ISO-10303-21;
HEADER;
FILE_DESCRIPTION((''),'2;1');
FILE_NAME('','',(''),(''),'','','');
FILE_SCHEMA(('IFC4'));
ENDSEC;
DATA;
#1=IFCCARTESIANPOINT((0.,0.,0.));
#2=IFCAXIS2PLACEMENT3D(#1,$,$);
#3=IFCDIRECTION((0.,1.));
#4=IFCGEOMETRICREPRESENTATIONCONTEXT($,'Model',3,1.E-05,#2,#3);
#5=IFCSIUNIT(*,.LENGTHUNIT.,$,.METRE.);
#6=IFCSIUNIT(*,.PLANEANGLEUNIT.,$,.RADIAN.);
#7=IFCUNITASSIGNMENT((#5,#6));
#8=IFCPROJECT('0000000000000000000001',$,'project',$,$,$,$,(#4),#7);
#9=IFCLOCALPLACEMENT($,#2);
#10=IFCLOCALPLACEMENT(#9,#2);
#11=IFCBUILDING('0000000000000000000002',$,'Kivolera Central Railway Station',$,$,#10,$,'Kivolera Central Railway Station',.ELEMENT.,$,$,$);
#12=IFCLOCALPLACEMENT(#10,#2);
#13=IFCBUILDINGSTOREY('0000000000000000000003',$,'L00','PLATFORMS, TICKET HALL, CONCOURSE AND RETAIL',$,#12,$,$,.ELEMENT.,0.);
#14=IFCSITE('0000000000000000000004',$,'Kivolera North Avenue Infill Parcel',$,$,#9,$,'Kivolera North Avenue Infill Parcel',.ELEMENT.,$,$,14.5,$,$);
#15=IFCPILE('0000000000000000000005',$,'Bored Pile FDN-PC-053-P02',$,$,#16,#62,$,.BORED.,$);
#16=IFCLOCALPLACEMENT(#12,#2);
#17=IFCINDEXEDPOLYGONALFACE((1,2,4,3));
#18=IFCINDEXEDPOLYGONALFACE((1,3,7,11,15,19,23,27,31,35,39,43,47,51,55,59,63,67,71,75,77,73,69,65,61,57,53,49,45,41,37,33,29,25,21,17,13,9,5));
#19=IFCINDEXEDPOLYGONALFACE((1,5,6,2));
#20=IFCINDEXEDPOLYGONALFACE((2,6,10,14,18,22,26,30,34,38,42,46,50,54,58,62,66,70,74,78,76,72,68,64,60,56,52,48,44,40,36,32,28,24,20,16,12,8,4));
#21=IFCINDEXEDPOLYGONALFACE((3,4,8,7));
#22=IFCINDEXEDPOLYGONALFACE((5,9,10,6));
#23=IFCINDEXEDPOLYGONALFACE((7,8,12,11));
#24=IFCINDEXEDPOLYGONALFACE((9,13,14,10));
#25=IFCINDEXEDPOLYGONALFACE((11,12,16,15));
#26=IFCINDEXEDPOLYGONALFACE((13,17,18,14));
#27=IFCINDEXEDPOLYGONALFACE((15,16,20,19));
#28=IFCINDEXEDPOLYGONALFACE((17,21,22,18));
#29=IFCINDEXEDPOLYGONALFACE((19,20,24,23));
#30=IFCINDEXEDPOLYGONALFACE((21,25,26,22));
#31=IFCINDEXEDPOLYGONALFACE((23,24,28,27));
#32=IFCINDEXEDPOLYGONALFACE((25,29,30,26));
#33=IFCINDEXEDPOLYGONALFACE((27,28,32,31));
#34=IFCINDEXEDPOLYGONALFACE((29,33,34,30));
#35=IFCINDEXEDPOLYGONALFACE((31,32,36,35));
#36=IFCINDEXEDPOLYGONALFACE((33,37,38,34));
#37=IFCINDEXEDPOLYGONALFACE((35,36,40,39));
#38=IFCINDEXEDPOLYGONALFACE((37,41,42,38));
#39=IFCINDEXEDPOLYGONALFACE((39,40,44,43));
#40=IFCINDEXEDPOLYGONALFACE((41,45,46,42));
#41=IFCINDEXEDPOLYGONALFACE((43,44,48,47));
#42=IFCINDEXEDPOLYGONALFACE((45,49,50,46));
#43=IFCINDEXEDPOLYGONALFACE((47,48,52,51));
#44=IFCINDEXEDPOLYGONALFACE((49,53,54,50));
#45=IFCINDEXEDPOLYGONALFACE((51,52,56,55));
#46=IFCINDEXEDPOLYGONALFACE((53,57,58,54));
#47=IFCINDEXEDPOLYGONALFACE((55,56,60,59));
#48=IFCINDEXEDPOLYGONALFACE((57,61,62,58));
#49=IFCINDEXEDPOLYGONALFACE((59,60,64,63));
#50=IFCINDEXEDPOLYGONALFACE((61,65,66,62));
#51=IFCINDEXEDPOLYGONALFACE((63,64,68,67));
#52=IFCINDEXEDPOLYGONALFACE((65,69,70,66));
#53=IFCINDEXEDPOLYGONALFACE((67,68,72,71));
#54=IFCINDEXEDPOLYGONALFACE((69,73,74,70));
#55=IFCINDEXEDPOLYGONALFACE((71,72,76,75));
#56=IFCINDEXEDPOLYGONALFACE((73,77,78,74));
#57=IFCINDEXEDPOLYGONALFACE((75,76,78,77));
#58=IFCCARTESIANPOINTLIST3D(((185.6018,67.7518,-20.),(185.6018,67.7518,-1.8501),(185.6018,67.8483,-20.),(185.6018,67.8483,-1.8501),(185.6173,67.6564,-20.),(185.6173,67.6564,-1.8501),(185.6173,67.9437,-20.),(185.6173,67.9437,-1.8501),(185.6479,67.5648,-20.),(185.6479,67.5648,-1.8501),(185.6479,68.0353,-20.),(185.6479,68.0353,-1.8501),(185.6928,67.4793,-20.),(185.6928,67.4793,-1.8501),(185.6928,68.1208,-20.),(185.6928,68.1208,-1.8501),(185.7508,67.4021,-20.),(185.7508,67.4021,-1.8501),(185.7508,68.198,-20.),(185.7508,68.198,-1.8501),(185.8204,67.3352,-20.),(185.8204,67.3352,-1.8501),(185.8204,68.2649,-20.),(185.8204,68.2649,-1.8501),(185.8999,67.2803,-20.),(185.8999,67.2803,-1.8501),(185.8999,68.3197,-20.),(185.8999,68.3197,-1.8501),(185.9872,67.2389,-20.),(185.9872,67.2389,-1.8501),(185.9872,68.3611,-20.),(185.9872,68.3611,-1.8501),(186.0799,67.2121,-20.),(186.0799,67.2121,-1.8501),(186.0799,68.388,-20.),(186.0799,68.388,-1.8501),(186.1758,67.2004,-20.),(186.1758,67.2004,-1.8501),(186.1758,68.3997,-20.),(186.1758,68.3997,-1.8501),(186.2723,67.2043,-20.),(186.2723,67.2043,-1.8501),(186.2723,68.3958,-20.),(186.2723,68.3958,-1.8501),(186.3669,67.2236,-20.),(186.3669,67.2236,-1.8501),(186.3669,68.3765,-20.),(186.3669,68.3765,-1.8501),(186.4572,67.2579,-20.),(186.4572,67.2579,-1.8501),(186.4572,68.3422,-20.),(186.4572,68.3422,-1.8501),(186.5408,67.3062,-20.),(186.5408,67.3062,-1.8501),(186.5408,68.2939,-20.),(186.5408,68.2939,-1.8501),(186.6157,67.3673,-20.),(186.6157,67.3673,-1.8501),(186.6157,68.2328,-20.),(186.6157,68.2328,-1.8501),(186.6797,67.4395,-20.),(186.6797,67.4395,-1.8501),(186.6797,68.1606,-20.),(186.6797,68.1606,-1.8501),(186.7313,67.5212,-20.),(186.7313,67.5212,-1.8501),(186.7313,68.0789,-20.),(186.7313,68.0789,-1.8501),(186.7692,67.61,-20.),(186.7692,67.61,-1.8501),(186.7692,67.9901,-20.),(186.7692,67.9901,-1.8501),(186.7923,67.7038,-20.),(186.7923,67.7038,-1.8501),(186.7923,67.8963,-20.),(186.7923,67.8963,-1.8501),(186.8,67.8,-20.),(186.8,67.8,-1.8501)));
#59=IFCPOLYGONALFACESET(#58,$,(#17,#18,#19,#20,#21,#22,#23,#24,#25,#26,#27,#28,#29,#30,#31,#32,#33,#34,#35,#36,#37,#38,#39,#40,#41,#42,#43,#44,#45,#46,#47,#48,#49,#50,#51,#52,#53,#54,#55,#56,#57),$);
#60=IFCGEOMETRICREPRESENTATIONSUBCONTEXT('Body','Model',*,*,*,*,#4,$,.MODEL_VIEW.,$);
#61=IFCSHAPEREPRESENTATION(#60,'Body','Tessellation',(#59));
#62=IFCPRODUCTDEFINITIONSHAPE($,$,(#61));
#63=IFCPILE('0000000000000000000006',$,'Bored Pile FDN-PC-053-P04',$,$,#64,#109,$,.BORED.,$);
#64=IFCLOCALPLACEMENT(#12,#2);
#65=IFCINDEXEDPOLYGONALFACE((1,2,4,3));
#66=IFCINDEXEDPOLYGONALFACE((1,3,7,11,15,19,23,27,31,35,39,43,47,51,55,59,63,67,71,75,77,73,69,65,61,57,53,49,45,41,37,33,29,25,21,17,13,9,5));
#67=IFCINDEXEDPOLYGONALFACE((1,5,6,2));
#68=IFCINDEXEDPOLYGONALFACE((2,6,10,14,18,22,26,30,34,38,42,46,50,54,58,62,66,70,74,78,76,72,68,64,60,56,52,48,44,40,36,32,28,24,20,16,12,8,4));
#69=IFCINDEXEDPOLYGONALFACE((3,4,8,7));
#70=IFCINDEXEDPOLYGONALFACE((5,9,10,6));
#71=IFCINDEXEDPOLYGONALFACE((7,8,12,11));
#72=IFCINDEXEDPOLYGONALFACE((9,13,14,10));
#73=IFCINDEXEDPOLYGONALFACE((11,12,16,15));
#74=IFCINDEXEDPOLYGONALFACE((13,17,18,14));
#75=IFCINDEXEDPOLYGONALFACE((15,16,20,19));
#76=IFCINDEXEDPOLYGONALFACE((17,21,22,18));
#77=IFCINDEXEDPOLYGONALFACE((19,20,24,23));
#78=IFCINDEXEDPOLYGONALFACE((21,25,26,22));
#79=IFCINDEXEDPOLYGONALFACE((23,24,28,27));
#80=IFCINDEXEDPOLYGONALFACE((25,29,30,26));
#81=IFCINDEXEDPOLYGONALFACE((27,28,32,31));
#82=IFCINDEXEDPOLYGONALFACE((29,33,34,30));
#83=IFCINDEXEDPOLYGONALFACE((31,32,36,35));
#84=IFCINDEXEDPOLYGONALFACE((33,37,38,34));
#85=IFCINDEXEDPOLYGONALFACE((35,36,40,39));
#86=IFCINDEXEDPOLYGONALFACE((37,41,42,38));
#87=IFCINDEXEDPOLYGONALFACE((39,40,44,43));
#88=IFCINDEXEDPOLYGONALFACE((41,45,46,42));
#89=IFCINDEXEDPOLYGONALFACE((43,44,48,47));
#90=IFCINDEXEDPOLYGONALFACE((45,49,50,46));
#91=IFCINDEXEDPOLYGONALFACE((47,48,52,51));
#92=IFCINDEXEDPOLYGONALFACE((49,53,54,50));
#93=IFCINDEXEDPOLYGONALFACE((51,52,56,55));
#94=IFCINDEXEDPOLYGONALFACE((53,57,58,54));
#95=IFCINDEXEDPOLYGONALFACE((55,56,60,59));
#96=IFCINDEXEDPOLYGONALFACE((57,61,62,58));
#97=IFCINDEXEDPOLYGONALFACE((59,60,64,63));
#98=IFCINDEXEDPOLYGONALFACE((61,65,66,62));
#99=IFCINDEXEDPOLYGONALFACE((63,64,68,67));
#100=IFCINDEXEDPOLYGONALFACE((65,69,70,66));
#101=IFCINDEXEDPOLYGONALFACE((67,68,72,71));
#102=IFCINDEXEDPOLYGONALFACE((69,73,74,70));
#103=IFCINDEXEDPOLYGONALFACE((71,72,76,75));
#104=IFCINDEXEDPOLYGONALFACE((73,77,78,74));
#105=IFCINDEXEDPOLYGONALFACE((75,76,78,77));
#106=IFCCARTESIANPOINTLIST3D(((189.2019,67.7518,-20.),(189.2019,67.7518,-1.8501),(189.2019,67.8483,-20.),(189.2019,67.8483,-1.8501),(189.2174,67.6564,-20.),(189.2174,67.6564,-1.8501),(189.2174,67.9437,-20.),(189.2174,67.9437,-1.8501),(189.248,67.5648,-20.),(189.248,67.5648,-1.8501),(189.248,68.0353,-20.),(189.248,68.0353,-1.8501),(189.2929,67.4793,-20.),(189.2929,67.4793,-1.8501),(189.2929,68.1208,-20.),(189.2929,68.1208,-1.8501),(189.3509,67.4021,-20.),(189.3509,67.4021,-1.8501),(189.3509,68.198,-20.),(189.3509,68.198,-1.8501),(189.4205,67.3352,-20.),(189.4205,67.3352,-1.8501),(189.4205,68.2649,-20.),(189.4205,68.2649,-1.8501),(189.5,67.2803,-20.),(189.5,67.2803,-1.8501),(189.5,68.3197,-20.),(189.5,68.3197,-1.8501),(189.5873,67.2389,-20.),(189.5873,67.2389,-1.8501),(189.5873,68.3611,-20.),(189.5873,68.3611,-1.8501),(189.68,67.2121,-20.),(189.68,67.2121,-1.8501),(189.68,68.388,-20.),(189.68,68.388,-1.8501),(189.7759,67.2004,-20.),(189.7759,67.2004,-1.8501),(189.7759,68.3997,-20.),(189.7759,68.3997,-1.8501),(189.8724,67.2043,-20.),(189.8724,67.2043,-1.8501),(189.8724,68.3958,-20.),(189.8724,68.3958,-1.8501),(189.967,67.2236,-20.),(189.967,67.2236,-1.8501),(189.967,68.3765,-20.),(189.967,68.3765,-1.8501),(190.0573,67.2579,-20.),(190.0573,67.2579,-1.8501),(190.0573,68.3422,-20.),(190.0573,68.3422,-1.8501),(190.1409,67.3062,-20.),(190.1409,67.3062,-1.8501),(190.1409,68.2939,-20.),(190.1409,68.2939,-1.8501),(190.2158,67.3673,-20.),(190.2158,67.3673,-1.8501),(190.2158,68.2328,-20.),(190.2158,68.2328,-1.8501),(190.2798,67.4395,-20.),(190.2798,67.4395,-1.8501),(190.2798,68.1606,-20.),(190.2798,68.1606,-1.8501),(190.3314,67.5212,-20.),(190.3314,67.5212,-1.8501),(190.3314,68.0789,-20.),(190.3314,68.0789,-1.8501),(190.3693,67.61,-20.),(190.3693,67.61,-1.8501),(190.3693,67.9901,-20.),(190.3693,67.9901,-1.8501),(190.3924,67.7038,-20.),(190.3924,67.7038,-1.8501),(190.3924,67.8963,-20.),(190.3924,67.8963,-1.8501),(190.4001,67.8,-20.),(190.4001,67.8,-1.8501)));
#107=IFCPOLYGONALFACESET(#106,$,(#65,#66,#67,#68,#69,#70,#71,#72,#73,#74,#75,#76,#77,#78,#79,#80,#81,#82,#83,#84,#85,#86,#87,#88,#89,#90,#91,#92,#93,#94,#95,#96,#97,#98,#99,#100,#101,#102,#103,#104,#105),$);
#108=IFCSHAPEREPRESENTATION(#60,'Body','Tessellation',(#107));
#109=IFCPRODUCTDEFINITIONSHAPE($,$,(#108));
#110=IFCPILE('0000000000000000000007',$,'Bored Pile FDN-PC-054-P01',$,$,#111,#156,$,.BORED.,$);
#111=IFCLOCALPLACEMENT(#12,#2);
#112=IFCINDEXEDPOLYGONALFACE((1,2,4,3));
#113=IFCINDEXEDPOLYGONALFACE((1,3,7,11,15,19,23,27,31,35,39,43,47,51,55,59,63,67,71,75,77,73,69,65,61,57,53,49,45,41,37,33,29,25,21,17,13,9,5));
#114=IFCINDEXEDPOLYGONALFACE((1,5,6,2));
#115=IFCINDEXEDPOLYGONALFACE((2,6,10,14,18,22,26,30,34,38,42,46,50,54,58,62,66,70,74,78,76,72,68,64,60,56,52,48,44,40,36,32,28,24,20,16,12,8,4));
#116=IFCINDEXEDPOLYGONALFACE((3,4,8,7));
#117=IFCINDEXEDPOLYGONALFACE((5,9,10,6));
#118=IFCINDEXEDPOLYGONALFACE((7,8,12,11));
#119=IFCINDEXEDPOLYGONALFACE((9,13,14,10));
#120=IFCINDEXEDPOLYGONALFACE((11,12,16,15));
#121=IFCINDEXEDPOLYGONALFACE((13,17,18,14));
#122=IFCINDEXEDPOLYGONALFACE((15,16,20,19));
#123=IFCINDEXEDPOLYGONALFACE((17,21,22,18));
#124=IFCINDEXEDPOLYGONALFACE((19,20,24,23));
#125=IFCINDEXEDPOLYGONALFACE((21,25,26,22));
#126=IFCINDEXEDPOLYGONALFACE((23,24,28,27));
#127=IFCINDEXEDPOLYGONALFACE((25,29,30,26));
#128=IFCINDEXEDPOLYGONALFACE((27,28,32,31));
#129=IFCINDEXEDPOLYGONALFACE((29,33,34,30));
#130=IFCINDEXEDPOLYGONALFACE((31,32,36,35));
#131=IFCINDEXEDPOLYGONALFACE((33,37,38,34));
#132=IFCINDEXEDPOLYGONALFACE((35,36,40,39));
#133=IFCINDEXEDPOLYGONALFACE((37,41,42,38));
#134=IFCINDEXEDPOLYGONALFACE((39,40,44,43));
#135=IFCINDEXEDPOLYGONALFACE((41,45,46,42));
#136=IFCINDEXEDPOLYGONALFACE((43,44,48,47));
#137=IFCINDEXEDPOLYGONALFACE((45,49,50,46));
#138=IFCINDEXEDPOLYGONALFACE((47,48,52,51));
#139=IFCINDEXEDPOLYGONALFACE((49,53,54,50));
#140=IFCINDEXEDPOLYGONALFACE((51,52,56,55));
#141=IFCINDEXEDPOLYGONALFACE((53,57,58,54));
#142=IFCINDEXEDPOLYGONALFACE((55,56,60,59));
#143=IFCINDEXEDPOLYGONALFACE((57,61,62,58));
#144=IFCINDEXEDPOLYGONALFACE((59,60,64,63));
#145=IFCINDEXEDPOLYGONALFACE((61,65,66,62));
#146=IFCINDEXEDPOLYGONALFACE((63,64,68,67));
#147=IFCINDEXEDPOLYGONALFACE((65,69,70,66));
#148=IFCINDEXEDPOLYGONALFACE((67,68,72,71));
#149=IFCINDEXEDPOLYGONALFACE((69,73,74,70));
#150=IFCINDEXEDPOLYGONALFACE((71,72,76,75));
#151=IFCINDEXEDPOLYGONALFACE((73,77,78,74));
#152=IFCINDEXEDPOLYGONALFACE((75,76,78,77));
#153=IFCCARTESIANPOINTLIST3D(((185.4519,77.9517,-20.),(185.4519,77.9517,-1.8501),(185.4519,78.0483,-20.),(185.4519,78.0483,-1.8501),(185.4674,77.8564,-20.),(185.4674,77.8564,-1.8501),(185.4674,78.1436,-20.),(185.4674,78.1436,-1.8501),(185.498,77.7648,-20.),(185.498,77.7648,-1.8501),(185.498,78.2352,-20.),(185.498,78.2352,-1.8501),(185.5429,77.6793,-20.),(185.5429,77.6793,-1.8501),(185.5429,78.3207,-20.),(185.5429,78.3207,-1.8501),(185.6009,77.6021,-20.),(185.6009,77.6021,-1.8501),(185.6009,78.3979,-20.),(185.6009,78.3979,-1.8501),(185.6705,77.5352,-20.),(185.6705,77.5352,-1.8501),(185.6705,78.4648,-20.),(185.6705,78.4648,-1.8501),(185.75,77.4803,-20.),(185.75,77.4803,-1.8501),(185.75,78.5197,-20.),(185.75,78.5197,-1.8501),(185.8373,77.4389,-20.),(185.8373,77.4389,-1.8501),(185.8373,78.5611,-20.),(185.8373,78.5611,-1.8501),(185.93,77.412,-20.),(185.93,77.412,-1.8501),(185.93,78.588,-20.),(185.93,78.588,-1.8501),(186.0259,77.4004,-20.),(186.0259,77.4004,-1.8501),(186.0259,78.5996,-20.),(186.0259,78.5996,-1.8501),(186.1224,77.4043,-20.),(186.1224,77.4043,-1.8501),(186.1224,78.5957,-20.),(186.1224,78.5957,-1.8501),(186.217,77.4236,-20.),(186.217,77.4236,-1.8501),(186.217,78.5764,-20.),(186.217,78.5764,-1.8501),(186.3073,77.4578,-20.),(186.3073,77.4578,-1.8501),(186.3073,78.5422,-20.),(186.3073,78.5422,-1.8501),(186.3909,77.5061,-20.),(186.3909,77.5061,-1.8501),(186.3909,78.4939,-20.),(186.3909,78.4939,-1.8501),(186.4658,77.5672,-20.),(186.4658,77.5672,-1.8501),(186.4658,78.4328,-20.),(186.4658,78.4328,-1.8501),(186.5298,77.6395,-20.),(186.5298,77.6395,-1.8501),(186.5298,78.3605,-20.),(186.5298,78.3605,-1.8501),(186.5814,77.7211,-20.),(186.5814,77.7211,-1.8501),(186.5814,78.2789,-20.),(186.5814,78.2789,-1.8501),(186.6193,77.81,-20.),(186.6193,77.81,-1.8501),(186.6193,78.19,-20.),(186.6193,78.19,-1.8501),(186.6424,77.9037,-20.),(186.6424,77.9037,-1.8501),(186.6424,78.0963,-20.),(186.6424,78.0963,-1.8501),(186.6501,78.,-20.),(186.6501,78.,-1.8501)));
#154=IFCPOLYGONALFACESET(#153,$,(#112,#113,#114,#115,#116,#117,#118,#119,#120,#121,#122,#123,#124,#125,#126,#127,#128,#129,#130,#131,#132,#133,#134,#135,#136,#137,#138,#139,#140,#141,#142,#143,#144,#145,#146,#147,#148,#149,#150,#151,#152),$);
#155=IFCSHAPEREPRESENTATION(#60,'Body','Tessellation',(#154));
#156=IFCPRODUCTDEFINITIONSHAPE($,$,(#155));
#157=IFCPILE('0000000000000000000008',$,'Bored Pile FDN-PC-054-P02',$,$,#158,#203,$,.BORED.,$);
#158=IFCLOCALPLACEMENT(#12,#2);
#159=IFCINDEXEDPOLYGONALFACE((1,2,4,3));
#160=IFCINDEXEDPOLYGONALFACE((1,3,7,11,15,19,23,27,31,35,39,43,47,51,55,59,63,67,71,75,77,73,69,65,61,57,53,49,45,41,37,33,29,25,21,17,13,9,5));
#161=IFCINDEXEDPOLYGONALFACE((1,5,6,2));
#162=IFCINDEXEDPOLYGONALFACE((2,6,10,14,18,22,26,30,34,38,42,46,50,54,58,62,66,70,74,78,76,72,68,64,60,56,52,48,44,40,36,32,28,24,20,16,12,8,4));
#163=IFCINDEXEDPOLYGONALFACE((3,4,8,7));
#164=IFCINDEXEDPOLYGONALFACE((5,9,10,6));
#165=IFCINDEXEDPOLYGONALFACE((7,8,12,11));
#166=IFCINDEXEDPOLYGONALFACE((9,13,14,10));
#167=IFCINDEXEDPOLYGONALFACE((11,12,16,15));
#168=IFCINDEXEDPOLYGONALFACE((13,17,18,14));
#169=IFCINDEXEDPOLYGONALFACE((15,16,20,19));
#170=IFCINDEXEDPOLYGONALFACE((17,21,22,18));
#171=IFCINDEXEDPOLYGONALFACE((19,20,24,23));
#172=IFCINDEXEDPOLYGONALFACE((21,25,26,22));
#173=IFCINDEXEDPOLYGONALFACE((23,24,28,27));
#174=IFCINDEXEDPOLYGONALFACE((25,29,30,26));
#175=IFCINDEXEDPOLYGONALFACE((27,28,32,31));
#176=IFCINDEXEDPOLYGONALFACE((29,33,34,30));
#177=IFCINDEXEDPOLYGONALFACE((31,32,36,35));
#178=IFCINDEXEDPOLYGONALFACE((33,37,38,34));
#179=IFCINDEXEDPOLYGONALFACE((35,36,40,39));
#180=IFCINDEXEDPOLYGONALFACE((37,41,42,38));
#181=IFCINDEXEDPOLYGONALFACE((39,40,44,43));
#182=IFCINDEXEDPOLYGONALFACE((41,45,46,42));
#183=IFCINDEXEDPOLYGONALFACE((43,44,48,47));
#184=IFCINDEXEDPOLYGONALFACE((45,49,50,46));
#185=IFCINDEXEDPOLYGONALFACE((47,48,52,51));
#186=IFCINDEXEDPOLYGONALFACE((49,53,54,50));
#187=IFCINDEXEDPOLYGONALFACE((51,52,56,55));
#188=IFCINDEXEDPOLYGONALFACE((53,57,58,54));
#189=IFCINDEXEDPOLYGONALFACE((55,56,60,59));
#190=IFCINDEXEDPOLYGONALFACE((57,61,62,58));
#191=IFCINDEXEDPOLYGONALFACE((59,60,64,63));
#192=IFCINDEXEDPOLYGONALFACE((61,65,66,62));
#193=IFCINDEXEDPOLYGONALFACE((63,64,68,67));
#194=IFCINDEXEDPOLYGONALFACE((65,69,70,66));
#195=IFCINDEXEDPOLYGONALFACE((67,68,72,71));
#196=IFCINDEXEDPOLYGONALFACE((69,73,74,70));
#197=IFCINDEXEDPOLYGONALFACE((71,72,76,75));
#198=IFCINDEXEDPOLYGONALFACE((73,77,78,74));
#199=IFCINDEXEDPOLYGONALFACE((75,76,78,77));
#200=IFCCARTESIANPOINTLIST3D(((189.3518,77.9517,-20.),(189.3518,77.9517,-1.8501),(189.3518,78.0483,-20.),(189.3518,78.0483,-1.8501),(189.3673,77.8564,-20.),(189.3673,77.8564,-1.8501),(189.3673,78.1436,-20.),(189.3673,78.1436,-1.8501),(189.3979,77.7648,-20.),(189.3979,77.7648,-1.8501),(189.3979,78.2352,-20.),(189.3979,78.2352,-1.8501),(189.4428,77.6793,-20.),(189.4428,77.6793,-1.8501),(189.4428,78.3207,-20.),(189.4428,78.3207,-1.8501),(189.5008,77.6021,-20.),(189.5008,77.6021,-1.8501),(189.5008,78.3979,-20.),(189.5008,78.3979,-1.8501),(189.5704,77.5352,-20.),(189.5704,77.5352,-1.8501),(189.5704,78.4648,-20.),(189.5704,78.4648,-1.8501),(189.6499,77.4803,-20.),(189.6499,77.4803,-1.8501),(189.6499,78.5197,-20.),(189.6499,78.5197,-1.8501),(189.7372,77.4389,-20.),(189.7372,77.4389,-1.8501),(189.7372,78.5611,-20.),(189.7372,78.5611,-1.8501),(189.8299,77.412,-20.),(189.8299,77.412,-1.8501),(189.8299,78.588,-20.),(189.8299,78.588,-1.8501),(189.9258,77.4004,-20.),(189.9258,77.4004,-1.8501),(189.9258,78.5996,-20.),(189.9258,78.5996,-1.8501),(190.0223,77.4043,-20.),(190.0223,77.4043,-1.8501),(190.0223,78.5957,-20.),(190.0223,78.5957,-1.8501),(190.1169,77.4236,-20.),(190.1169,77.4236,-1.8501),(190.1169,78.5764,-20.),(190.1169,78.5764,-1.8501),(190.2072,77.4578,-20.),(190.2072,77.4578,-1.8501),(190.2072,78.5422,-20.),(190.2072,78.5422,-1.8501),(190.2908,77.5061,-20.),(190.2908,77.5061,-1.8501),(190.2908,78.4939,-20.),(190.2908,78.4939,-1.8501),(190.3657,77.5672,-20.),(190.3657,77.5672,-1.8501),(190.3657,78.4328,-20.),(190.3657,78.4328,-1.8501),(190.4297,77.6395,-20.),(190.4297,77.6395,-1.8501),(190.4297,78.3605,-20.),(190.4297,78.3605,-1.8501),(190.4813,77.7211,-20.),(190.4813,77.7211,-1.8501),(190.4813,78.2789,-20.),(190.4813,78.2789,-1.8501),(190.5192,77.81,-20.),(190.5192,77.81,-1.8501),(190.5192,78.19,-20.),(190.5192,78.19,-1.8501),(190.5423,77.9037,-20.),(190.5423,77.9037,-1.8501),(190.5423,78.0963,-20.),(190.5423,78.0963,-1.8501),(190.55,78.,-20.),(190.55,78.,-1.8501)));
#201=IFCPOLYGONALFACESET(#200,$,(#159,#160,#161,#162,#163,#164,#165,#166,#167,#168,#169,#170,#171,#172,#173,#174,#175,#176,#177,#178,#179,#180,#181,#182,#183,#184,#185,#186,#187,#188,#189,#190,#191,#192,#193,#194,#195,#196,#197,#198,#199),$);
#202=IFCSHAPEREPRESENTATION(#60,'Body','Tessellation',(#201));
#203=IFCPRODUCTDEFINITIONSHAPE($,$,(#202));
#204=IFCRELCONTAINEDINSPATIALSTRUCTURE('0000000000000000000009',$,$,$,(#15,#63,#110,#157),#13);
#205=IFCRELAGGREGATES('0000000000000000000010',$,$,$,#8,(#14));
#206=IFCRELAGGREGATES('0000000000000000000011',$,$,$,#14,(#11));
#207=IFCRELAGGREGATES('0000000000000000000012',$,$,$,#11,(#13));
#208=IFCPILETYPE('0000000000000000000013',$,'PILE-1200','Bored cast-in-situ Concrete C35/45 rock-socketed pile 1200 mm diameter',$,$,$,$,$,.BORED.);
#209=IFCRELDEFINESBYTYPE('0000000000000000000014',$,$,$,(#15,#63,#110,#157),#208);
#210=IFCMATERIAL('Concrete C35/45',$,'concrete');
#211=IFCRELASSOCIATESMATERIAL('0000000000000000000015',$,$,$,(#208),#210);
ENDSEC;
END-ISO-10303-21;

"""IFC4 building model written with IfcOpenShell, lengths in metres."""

from ifc_helpers import new_model, si_unit, direction, frame, origin, origin_2d, place, context, subcontext, project, spatial, circle, extrude, material, material_profile, profile_set, type_object, element, save


model = new_model("IFC4")

# Units and contexts
model_context = context("Model", 3, precision=1e-05, world=origin(), true_north=direction((0.0, 1.0)))
body_context = subcontext(model_context, "Body", "Model", "MODEL_VIEW")
ifc_project = project(units=[si_unit("LENGTHUNIT", "METRE"), si_unit("PLANEANGLEUNIT", "RADIAN")], contexts=[model_context])

# Site, building, storey
site_placement = place(None, origin())
site = spatial("IfcSite", under=ifc_project, at=site_placement, Name="Kivolera North Avenue Infill Parcel", LongName="Kivolera North Avenue Infill Parcel", CompositionType="ELEMENT", RefElevation=14.5)
building_placement = place(site_placement, origin())
building = spatial("IfcBuilding", under=site, at=building_placement, Name="Kivolera Central Railway Station", LongName="Kivolera Central Railway Station", CompositionType="ELEMENT")
storey_placement = place(building_placement, origin())
storey = spatial("IfcBuildingStorey", under=building, at=storey_placement, Name="L00", Description="PLATFORMS, TICKET HALL, CONCOURSE AND RETAIL", CompositionType="ELEMENT", Elevation=0.0)

# Shared definitions
ifc_material_1 = material(Name="Concrete C35/45", Category="concrete")

# Piles
ifc_material_profile_1 = material_profile(ifc_material_1, circle(Radius=0.6001, at=origin_2d()), Name="PILE D1200")
ifc_profile_set_1 = profile_set([ifc_material_profile_1], Name="Concrete C35/45")
pile_type = type_object("IfcPileType", Name="PILE-1200", Description="Bored cast-in-situ Concrete C35/45 rock-socketed pile 1200 mm diameter", PredefinedType="BORED", material=ifc_profile_set_1)
for number, where, z_axis, x_axis, name in (
    (1, (186.2, 67.8, -1.8501), (0.0, 0.0, -1.0), (1.0, 0.0, 0.0), "Bored Pile FDN-PC-053-P02"),
    (2, (189.8, 67.8, -1.8501), (0.0, 0.0, -1.0), (1.0, 0.0, 0.0), "Bored Pile FDN-PC-053-P04"),
    (3, (186.05, 78.0, -1.8501), (0.0, 0.0, -1.0), (1.0, 0.0, 0.0), "Bored Pile FDN-PC-054-P01"),
    (4, (189.95, 78.0, -1.8501), (0.0, 0.0, -1.0), (1.0, 0.0, 0.0), "Bored Pile FDN-PC-054-P02"),
):
    element("IfcPile", number, at=place(storey_placement, frame(where, z_axis=z_axis, x_axis=x_axis)), inside=storey, type_object=pile_type, Name=name, PredefinedType="BORED", context=body_context, shape_type="SweptSolid", body=[
        extrude(circle(Radius=0.6001, at=origin_2d()), origin(), (0.0, 0.0, 1.0), 18.1499),
    ])

save(model, "model.ifc")
